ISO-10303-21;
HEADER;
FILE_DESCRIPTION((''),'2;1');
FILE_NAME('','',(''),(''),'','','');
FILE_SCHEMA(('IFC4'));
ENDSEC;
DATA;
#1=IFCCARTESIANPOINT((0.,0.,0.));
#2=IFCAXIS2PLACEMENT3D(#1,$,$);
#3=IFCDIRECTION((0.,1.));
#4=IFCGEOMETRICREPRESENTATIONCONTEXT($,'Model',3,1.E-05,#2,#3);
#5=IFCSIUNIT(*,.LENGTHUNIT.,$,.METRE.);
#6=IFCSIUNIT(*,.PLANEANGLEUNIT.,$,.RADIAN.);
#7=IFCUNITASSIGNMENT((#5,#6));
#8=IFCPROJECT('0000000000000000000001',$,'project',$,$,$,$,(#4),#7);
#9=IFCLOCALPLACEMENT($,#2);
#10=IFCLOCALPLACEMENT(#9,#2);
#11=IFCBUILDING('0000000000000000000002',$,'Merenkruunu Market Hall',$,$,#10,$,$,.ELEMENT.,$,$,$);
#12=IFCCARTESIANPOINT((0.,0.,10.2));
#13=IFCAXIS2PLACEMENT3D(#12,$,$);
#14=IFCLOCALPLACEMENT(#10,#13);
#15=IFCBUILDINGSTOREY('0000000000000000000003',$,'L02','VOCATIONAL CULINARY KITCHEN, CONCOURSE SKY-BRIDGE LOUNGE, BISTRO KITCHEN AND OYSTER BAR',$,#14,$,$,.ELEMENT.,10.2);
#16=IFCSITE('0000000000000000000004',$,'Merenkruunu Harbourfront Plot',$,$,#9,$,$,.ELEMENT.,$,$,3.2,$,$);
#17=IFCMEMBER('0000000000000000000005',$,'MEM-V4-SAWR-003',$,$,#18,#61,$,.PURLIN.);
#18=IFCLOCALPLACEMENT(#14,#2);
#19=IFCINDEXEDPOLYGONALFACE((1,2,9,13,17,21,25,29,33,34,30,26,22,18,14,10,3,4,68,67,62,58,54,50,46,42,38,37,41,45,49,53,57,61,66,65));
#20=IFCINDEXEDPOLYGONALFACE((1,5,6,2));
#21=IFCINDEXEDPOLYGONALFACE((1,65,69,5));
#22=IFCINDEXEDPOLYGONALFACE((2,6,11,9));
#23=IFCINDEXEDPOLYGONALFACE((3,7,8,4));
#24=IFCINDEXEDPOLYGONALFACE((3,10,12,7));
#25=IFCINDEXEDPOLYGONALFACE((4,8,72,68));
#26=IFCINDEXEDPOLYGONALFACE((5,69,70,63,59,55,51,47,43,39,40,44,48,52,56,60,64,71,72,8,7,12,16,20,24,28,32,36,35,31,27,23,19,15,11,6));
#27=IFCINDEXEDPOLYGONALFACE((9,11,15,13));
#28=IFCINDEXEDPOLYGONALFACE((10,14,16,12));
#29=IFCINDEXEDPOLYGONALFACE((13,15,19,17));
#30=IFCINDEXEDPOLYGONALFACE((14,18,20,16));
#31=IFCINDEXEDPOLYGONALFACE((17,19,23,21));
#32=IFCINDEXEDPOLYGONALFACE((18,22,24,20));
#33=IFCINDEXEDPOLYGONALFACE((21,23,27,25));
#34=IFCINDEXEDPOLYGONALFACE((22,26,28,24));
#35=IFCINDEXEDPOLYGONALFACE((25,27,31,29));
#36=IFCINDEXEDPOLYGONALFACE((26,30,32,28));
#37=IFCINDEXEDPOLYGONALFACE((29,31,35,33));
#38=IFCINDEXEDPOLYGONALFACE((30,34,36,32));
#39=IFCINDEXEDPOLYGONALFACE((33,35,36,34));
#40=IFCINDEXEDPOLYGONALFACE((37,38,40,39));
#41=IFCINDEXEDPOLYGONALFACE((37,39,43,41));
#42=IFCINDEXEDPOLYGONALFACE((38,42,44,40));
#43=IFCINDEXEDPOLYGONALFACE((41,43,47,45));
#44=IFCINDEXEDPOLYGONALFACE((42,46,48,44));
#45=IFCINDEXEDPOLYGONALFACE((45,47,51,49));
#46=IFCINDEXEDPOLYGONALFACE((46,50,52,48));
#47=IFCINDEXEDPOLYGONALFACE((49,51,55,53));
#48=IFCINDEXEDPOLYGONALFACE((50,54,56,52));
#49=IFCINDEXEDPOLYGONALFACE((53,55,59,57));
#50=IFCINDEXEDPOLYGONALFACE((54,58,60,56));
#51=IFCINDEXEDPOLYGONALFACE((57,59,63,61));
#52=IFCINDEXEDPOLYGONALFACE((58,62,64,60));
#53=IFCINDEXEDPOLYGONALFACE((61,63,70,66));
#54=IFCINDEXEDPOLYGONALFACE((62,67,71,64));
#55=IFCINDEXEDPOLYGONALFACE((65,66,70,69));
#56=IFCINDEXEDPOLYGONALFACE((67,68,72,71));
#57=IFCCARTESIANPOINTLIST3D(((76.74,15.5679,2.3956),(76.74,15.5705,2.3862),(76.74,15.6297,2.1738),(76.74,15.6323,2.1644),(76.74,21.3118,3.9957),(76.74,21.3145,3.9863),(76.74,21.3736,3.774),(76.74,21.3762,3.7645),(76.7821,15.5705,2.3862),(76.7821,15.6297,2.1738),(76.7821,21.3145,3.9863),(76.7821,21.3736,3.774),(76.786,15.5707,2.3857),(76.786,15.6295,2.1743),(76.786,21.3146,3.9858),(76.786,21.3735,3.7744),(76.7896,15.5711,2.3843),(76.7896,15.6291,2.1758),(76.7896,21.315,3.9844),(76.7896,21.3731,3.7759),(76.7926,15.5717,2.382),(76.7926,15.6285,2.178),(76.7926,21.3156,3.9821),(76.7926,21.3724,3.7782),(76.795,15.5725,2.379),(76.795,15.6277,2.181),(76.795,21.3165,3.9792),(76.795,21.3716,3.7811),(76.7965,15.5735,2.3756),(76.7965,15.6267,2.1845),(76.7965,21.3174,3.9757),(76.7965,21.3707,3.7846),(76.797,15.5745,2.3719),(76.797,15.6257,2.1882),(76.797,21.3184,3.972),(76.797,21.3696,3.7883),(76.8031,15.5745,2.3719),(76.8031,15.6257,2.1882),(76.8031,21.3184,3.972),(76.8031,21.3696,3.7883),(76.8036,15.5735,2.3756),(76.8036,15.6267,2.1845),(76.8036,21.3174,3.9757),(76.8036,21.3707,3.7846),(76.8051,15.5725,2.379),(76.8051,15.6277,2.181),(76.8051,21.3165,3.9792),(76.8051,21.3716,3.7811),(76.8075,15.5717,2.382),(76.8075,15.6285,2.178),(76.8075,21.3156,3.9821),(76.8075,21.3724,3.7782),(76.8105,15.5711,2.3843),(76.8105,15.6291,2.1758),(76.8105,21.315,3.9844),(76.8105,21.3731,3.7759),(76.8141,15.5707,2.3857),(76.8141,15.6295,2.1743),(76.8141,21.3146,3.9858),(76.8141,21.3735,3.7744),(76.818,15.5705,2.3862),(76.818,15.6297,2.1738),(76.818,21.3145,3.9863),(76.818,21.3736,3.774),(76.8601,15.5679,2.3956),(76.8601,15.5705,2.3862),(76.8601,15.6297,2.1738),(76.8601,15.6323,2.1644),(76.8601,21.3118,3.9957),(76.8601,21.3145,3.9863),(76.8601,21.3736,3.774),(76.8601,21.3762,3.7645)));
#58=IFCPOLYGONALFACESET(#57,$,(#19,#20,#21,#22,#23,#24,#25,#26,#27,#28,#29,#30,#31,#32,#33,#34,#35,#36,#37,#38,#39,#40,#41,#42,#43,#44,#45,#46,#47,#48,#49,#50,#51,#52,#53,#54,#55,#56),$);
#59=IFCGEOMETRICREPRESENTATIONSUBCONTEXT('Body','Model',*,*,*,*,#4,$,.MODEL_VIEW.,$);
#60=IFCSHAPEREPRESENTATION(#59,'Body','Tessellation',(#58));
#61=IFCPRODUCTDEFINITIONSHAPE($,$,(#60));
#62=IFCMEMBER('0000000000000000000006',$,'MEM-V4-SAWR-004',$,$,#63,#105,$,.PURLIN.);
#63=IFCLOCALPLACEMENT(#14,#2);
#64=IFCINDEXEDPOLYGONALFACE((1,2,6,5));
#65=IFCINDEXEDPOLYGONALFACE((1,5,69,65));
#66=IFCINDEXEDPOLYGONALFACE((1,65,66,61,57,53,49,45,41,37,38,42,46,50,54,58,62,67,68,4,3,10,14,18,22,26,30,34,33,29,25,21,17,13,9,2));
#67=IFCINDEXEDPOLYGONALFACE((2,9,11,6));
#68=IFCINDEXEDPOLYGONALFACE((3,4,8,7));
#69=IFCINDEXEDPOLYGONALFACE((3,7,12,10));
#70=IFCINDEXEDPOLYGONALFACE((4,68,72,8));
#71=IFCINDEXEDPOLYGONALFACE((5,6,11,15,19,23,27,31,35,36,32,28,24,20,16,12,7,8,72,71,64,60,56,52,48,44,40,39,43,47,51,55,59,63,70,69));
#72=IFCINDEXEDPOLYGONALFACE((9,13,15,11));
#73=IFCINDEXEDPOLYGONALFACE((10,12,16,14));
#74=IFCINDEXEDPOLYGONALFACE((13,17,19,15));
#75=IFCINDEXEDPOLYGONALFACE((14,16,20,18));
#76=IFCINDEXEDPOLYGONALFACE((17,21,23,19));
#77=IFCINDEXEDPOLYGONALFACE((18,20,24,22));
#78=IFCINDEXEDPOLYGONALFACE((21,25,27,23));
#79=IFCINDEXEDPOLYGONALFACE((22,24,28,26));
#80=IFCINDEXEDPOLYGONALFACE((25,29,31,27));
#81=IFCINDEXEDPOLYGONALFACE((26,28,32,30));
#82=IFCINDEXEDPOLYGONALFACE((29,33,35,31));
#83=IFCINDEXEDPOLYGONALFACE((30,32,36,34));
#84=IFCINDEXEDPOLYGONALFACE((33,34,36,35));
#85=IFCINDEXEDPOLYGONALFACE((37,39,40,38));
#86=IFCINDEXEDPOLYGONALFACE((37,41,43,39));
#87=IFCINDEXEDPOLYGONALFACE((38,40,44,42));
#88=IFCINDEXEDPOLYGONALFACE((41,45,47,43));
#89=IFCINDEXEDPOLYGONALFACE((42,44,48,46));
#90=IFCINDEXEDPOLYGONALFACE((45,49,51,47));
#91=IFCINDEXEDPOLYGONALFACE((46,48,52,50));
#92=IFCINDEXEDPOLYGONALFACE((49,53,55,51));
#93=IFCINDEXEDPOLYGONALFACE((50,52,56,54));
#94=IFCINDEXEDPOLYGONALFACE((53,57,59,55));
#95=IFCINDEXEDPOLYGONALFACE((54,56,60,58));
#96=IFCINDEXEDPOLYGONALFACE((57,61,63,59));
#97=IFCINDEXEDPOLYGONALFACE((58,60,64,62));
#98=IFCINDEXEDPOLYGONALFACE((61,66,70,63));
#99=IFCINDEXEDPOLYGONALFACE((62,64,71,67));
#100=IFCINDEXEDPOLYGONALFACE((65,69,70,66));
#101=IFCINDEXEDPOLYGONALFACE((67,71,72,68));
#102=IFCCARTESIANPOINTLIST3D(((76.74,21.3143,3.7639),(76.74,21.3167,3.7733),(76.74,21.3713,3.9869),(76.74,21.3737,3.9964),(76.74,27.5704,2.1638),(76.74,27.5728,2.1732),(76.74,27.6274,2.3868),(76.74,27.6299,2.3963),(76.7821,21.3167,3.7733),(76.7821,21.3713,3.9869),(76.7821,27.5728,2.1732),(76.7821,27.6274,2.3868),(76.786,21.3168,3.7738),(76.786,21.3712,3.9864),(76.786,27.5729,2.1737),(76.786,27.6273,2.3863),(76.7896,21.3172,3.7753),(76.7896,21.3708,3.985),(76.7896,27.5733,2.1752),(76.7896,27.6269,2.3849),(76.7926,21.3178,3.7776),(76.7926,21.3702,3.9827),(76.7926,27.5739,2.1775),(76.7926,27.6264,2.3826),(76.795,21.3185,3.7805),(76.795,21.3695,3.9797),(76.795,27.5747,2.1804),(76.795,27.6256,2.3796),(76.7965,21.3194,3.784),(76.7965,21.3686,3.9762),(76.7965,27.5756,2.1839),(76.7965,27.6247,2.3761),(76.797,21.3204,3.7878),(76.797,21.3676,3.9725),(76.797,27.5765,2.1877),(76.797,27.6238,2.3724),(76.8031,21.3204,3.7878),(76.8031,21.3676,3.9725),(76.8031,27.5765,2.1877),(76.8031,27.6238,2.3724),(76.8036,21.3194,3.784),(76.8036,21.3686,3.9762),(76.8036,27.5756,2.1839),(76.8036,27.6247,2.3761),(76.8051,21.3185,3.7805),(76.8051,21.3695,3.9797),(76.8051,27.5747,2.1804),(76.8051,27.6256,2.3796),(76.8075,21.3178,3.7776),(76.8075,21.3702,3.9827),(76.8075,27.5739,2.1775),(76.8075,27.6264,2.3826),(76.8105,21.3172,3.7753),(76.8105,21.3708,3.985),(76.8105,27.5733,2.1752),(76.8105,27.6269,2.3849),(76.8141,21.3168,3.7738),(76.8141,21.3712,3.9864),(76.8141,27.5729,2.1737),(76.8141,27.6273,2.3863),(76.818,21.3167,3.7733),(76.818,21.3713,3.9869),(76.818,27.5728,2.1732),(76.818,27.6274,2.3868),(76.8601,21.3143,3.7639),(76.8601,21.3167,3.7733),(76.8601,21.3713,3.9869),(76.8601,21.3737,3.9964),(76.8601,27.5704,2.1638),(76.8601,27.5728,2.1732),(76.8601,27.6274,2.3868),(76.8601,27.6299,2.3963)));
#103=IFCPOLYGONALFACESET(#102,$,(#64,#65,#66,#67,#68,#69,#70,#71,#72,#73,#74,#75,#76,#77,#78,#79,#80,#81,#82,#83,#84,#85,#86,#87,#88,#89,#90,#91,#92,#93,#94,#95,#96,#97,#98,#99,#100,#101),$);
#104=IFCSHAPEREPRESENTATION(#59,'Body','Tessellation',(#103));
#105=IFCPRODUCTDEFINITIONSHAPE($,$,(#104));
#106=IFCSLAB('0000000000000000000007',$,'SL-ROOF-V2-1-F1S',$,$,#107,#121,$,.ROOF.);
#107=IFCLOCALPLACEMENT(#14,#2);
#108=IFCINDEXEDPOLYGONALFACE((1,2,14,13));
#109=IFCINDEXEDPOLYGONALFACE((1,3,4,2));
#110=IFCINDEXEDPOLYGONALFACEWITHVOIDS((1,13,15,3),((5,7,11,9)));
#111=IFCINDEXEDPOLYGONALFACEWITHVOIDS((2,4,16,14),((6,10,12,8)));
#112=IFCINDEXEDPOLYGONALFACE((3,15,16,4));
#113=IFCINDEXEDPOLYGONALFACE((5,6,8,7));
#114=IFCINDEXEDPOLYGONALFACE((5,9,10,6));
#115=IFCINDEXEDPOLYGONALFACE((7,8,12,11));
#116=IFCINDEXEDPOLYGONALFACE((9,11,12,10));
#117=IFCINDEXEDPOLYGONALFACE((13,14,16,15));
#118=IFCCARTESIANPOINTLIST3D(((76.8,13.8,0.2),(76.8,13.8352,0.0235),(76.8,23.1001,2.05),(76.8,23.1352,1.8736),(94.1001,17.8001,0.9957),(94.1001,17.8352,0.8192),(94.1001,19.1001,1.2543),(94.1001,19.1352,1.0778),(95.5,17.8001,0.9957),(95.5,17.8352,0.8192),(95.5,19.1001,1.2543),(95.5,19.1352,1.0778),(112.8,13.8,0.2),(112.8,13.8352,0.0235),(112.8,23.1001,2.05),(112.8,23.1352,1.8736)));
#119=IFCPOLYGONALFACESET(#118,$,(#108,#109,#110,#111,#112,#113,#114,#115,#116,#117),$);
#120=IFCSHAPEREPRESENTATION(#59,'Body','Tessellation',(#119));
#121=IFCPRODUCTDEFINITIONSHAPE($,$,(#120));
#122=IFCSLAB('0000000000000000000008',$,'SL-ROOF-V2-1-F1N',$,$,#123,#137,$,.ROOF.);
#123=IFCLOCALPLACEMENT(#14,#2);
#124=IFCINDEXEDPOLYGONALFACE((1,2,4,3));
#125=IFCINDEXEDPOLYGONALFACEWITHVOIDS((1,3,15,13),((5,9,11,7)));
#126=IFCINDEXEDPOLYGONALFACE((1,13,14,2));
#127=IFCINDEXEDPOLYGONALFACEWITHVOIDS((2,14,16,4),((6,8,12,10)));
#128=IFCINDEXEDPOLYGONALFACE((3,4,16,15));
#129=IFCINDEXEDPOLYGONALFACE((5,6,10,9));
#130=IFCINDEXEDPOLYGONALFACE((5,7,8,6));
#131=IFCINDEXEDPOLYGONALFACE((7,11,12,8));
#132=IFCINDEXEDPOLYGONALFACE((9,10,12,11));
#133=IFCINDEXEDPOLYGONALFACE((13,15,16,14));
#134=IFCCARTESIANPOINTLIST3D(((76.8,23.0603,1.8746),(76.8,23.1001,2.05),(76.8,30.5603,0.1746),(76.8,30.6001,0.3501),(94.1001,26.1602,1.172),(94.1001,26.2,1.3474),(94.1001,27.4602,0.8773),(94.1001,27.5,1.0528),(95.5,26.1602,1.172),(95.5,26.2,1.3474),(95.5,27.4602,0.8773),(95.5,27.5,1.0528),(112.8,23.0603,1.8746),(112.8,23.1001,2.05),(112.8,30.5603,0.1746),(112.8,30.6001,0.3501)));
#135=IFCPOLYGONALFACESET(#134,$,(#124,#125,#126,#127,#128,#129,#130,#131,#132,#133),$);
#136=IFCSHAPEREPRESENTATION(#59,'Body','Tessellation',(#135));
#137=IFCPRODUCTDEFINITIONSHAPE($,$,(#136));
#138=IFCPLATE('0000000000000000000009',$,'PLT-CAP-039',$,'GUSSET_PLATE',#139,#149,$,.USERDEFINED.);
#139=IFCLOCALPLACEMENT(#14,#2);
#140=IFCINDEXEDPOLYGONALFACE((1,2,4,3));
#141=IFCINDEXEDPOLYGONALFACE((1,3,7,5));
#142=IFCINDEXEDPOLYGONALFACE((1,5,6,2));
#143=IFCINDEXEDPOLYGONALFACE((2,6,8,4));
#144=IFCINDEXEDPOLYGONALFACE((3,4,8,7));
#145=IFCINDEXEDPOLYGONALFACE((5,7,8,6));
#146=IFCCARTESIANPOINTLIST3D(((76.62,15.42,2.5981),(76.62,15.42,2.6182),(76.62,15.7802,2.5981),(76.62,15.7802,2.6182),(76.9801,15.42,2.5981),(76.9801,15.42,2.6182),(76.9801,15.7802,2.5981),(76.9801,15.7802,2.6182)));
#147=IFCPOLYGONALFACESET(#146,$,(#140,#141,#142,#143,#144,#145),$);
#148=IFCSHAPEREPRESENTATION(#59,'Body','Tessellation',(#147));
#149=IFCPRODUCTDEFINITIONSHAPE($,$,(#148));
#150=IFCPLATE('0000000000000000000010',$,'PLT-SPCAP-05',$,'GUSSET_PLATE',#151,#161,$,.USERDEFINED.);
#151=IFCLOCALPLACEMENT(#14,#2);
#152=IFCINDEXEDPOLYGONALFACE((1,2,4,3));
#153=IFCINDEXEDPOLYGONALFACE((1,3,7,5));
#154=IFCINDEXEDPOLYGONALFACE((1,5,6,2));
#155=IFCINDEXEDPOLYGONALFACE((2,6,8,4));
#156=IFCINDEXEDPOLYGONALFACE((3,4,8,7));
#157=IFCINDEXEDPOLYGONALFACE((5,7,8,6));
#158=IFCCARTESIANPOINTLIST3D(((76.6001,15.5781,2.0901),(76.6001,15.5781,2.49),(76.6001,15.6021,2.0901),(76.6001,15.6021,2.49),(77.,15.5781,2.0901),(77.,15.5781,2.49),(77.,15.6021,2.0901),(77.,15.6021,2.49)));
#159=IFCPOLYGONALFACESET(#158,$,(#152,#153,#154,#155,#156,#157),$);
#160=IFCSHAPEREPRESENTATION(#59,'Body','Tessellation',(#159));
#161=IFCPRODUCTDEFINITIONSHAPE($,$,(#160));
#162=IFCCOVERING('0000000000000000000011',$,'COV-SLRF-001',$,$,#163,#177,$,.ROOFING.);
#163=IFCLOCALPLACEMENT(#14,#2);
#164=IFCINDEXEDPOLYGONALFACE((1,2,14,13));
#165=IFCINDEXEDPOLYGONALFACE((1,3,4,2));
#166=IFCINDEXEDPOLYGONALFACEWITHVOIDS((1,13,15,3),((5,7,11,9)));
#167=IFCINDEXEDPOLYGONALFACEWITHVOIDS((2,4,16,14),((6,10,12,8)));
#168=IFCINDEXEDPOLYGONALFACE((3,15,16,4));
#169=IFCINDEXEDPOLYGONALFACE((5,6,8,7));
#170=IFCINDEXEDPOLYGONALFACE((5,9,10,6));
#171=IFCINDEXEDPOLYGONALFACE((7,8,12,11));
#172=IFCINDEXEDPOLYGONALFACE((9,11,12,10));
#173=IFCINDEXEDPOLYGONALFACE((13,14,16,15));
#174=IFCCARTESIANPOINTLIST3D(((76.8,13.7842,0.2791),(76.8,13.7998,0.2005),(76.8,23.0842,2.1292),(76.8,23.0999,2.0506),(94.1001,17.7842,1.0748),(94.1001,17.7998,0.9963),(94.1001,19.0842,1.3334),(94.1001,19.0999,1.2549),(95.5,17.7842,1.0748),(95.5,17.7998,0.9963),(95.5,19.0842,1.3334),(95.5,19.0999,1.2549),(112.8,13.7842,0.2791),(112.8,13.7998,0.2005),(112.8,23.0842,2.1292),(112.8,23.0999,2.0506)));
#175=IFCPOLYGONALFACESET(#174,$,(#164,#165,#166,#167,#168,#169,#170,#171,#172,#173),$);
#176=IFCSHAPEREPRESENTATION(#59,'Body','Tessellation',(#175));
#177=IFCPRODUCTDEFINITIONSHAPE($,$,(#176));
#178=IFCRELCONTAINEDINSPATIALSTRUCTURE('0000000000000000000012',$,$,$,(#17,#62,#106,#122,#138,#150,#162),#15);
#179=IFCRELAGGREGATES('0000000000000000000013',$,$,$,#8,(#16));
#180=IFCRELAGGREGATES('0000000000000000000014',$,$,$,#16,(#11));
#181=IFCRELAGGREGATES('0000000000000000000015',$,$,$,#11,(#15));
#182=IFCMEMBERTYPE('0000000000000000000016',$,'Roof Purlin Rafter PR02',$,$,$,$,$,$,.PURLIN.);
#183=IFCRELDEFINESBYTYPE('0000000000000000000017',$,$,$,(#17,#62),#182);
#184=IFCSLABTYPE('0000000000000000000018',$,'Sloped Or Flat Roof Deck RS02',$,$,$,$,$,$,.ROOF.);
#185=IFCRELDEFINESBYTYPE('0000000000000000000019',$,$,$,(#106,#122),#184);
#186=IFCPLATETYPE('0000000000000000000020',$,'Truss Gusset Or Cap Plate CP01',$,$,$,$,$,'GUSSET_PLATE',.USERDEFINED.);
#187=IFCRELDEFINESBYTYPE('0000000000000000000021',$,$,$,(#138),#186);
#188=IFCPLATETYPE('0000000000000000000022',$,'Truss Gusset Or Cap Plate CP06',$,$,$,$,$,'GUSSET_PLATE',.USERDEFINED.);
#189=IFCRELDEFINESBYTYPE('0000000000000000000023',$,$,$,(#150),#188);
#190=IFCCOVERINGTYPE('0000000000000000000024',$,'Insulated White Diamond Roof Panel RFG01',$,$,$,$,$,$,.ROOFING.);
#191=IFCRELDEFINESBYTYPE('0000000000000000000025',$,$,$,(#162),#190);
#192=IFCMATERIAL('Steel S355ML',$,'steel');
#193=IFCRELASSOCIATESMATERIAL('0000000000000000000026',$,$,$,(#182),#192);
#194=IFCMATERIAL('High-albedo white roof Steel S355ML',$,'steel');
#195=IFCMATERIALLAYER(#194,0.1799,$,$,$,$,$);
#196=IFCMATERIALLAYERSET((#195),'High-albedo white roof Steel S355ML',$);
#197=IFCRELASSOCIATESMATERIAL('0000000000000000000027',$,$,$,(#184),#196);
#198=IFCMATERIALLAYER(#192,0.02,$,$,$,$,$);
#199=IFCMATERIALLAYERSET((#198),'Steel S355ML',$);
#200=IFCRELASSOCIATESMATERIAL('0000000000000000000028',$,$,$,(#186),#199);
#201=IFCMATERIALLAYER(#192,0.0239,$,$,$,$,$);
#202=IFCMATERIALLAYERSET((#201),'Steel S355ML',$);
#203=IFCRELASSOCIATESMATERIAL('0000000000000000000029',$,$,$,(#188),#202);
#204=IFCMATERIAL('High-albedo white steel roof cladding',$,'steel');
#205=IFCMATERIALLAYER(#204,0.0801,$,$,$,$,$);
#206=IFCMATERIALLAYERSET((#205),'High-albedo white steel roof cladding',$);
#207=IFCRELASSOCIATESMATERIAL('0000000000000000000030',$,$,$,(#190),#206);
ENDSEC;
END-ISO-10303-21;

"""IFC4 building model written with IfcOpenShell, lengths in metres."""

from ifc_helpers import new_model, si_unit, direction, frame, origin, origin_2d, place, context, subcontext, project, spatial, polyline, rectangle, i_section, outline, extrude, material, layer, layer_set, material_profile, profile_set, type_object, element, save


model = new_model("IFC4")

# Units and contexts
model_context = context("Model", 3, precision=1e-05, world=origin(), true_north=direction((0.0, 1.0)))
body_context = subcontext(model_context, "Body", "Model", "MODEL_VIEW")
ifc_project = project(units=[si_unit("LENGTHUNIT", "METRE"), si_unit("PLANEANGLEUNIT", "RADIAN")], contexts=[model_context])

# Site, building, storey
site_placement = place(None, origin())
site = spatial("IfcSite", under=ifc_project, at=site_placement, Name="Merenkruunu Harbourfront Plot", CompositionType="ELEMENT", RefElevation=3.2)
building_placement = place(site_placement, origin())
building = spatial("IfcBuilding", under=site, at=building_placement, Name="Merenkruunu Market Hall", CompositionType="ELEMENT")
storey_placement = place(building_placement, frame((0.0, 0.0, 10.2)))
storey = spatial("IfcBuildingStorey", under=building, at=storey_placement, Name="L02", Description="VOCATIONAL CULINARY KITCHEN, CONCOURSE SKY-BRIDGE LOUNGE, BISTRO KITCHEN AND OYSTER BAR", CompositionType="ELEMENT", Elevation=10.2)

# Shared definitions
ifc_material_1 = material(Name="Steel S355ML", Category="steel")

# Members
ifc_material_profile_1 = material_profile(ifc_material_1, i_section(OverallWidth=0.1201, OverallDepth=0.24, WebThickness=0.0061, FlangeThickness=0.0098, FilletRadius=0.0149, at=origin_2d()), Name="IPE 240")
ifc_profile_set_1 = profile_set([ifc_material_profile_1], Name="Steel S355ML")
member_type_1 = type_object("IfcMemberType", Name="Roof Purlin Rafter PR02", PredefinedType="PURLIN", material=ifc_profile_set_1)
member_1_placement = place(storey_placement, frame((76.8, 15.6001, 2.28), z_axis=(0.0, 0.96332, 0.268355), x_axis=(-1.0, 0.0, 0.0)))
element("IfcMember", 1, at=member_1_placement, inside=storey, type_object=member_type_1, Name="MEM-V4-SAWR-003", PredefinedType="PURLIN", context=body_context, shape_type="SweptSolid", body=[
    extrude(i_section(OverallWidth=0.1201, OverallDepth=0.24, WebThickness=0.0061, FlangeThickness=0.0098, FilletRadius=0.0149, at=origin_2d()), origin(), (0.0, 0.0, 1.0), 5.9626),
])
member_2_placement = place(storey_placement, frame((76.8, 21.344, 3.8801), z_axis=(0.0, 0.968814, -0.24779), x_axis=(-1.0, 0.0, 0.0)))
element("IfcMember", 2, at=member_2_placement, inside=storey, type_object=member_type_1, Name="MEM-V4-SAWR-004", PredefinedType="PURLIN", context=body_context, shape_type="SweptSolid", body=[
    extrude(i_section(OverallWidth=0.1201, OverallDepth=0.24, WebThickness=0.0061, FlangeThickness=0.0098, FilletRadius=0.0149, at=origin_2d()), origin(), (0.0, 0.0, 1.0), 6.4575),
])

# Slabs
ifc_material_2 = material(Name="High-albedo white roof Steel S355ML", Category="steel")
ifc_layer_1 = layer(ifc_material_2, 0.1799)
ifc_layer_set_1 = layer_set([ifc_layer_1], Name="High-albedo white roof Steel S355ML")
slab_type = type_object("IfcSlabType", Name="Sloped Or Flat Roof Deck RS02", PredefinedType="ROOF", material=ifc_layer_set_1)
slab_1_placement = place(storey_placement, frame((76.8, 13.8, 0.2), z_axis=(0.0, -0.195111, 0.980781), x_axis=(1.0, 0.0, 0.0)))
element("IfcSlab", 3, at=slab_1_placement, inside=storey, type_object=slab_type, Name="SL-ROOF-V2-1-F1S", PredefinedType="ROOF", context=body_context, shape_type="SweptSolid", body=[
    extrude(outline(polyline([(0.0, 0.0), (36.0, 0.0), (36.0, 9.4823), (0.0, 9.4823), (0.0, 0.0)]), holes=[polyline([(17.3, 4.0784), (18.7, 4.0784), (18.7, 5.4039), (17.3, 5.4039), (17.3, 4.0784)])]), origin(), (0.0, 0.0, -1.0), 0.1799),
])
slab_2_placement = place(storey_placement, frame((76.8, 23.1001, 2.05), z_axis=(0.0, 0.221053, 0.975262), x_axis=(1.0, 0.0, 0.0)))
element("IfcSlab", 4, at=slab_2_placement, inside=storey, type_object=slab_type, Name="SL-ROOF-V2-1-F1N", PredefinedType="ROOF", context=body_context, shape_type="SweptSolid", body=[
    extrude(outline(polyline([(0.0, 0.0), (36.0, 0.0), (36.0, 7.6902), (0.0, 7.6902), (0.0, 0.0)]), holes=[polyline([(17.3, 3.1785), (18.7, 3.1785), (18.7, 4.5115), (17.3, 4.5115), (17.3, 3.1785)])]), origin(), (0.0, 0.0, -1.0), 0.1799),
])

# Plates
ifc_layer_2 = layer(ifc_material_1, 0.02)
ifc_layer_set_2 = layer_set([ifc_layer_2], Name="Steel S355ML")
plate_type_1 = type_object("IfcPlateType", Name="Truss Gusset Or Cap Plate CP01", ElementType="GUSSET_PLATE", PredefinedType="USERDEFINED", material=ifc_layer_set_2)
plate_1_placement = place(storey_placement, frame((76.8, 15.6001, 2.5981), z_axis=(0.0, 0.0, 1.0), x_axis=(1.0, 0.0, 0.0)))
element("IfcPlate", 5, at=plate_1_placement, inside=storey, type_object=plate_type_1, Name="PLT-CAP-039", ObjectType="GUSSET_PLATE", PredefinedType="USERDEFINED", context=body_context, shape_type="SweptSolid", body=[
    extrude(rectangle(XDim=0.3601, YDim=0.3601, at=origin_2d()), origin(), (0.0, 0.0, 1.0), 0.02),
])
ifc_layer_3 = layer(ifc_material_1, 0.0239)
ifc_layer_set_3 = layer_set([ifc_layer_3], Name="Steel S355ML")
plate_type_2 = type_object("IfcPlateType", Name="Truss Gusset Or Cap Plate CP06", ElementType="GUSSET_PLATE", PredefinedType="USERDEFINED", material=ifc_layer_set_3)
plate_2_placement = place(storey_placement, frame((76.8, 15.5901, 2.0901), z_axis=(0.0, 0.0, 1.0), x_axis=(1.0, 0.0, 0.0)))
element("IfcPlate", 6, at=plate_2_placement, inside=storey, type_object=plate_type_2, Name="PLT-SPCAP-05", ObjectType="GUSSET_PLATE", PredefinedType="USERDEFINED", context=body_context, shape_type="SweptSolid", body=[
    extrude(rectangle(XDim=0.3999, YDim=0.0239, at=origin_2d()), origin(), (0.0, 0.0, 1.0), 0.3999),
])

# Covering
ifc_material_3 = material(Name="High-albedo white steel roof cladding", Category="steel")
ifc_layer_4 = layer(ifc_material_3, 0.0801)
ifc_layer_set_4 = layer_set([ifc_layer_4], Name="High-albedo white steel roof cladding")
covering_type = type_object("IfcCoveringType", Name="Insulated White Diamond Roof Panel RFG01", PredefinedType="ROOFING", material=ifc_layer_set_4)
covering_1_placement = place(storey_placement, frame((76.8, 13.7842, 0.2791), z_axis=(0.0, -0.195111, 0.980781), x_axis=(1.0, 0.0, 0.0)))
element("IfcCovering", 7, at=covering_1_placement, inside=storey, type_object=covering_type, Name="COV-SLRF-001", PredefinedType="ROOFING", context=body_context, shape_type="SweptSolid", body=[
    extrude(outline(polyline([(0.0, 0.0), (36.0, 0.0), (36.0, 9.4823), (0.0, 9.4823), (0.0, 0.0)]), holes=[polyline([(17.3, 4.0784), (18.7, 4.0784), (18.7, 5.4039), (17.3, 5.4039), (17.3, 4.0784)])]), origin(), (0.0, 0.0, -1.0), 0.0801),
])

save(model, "model.ifc")
